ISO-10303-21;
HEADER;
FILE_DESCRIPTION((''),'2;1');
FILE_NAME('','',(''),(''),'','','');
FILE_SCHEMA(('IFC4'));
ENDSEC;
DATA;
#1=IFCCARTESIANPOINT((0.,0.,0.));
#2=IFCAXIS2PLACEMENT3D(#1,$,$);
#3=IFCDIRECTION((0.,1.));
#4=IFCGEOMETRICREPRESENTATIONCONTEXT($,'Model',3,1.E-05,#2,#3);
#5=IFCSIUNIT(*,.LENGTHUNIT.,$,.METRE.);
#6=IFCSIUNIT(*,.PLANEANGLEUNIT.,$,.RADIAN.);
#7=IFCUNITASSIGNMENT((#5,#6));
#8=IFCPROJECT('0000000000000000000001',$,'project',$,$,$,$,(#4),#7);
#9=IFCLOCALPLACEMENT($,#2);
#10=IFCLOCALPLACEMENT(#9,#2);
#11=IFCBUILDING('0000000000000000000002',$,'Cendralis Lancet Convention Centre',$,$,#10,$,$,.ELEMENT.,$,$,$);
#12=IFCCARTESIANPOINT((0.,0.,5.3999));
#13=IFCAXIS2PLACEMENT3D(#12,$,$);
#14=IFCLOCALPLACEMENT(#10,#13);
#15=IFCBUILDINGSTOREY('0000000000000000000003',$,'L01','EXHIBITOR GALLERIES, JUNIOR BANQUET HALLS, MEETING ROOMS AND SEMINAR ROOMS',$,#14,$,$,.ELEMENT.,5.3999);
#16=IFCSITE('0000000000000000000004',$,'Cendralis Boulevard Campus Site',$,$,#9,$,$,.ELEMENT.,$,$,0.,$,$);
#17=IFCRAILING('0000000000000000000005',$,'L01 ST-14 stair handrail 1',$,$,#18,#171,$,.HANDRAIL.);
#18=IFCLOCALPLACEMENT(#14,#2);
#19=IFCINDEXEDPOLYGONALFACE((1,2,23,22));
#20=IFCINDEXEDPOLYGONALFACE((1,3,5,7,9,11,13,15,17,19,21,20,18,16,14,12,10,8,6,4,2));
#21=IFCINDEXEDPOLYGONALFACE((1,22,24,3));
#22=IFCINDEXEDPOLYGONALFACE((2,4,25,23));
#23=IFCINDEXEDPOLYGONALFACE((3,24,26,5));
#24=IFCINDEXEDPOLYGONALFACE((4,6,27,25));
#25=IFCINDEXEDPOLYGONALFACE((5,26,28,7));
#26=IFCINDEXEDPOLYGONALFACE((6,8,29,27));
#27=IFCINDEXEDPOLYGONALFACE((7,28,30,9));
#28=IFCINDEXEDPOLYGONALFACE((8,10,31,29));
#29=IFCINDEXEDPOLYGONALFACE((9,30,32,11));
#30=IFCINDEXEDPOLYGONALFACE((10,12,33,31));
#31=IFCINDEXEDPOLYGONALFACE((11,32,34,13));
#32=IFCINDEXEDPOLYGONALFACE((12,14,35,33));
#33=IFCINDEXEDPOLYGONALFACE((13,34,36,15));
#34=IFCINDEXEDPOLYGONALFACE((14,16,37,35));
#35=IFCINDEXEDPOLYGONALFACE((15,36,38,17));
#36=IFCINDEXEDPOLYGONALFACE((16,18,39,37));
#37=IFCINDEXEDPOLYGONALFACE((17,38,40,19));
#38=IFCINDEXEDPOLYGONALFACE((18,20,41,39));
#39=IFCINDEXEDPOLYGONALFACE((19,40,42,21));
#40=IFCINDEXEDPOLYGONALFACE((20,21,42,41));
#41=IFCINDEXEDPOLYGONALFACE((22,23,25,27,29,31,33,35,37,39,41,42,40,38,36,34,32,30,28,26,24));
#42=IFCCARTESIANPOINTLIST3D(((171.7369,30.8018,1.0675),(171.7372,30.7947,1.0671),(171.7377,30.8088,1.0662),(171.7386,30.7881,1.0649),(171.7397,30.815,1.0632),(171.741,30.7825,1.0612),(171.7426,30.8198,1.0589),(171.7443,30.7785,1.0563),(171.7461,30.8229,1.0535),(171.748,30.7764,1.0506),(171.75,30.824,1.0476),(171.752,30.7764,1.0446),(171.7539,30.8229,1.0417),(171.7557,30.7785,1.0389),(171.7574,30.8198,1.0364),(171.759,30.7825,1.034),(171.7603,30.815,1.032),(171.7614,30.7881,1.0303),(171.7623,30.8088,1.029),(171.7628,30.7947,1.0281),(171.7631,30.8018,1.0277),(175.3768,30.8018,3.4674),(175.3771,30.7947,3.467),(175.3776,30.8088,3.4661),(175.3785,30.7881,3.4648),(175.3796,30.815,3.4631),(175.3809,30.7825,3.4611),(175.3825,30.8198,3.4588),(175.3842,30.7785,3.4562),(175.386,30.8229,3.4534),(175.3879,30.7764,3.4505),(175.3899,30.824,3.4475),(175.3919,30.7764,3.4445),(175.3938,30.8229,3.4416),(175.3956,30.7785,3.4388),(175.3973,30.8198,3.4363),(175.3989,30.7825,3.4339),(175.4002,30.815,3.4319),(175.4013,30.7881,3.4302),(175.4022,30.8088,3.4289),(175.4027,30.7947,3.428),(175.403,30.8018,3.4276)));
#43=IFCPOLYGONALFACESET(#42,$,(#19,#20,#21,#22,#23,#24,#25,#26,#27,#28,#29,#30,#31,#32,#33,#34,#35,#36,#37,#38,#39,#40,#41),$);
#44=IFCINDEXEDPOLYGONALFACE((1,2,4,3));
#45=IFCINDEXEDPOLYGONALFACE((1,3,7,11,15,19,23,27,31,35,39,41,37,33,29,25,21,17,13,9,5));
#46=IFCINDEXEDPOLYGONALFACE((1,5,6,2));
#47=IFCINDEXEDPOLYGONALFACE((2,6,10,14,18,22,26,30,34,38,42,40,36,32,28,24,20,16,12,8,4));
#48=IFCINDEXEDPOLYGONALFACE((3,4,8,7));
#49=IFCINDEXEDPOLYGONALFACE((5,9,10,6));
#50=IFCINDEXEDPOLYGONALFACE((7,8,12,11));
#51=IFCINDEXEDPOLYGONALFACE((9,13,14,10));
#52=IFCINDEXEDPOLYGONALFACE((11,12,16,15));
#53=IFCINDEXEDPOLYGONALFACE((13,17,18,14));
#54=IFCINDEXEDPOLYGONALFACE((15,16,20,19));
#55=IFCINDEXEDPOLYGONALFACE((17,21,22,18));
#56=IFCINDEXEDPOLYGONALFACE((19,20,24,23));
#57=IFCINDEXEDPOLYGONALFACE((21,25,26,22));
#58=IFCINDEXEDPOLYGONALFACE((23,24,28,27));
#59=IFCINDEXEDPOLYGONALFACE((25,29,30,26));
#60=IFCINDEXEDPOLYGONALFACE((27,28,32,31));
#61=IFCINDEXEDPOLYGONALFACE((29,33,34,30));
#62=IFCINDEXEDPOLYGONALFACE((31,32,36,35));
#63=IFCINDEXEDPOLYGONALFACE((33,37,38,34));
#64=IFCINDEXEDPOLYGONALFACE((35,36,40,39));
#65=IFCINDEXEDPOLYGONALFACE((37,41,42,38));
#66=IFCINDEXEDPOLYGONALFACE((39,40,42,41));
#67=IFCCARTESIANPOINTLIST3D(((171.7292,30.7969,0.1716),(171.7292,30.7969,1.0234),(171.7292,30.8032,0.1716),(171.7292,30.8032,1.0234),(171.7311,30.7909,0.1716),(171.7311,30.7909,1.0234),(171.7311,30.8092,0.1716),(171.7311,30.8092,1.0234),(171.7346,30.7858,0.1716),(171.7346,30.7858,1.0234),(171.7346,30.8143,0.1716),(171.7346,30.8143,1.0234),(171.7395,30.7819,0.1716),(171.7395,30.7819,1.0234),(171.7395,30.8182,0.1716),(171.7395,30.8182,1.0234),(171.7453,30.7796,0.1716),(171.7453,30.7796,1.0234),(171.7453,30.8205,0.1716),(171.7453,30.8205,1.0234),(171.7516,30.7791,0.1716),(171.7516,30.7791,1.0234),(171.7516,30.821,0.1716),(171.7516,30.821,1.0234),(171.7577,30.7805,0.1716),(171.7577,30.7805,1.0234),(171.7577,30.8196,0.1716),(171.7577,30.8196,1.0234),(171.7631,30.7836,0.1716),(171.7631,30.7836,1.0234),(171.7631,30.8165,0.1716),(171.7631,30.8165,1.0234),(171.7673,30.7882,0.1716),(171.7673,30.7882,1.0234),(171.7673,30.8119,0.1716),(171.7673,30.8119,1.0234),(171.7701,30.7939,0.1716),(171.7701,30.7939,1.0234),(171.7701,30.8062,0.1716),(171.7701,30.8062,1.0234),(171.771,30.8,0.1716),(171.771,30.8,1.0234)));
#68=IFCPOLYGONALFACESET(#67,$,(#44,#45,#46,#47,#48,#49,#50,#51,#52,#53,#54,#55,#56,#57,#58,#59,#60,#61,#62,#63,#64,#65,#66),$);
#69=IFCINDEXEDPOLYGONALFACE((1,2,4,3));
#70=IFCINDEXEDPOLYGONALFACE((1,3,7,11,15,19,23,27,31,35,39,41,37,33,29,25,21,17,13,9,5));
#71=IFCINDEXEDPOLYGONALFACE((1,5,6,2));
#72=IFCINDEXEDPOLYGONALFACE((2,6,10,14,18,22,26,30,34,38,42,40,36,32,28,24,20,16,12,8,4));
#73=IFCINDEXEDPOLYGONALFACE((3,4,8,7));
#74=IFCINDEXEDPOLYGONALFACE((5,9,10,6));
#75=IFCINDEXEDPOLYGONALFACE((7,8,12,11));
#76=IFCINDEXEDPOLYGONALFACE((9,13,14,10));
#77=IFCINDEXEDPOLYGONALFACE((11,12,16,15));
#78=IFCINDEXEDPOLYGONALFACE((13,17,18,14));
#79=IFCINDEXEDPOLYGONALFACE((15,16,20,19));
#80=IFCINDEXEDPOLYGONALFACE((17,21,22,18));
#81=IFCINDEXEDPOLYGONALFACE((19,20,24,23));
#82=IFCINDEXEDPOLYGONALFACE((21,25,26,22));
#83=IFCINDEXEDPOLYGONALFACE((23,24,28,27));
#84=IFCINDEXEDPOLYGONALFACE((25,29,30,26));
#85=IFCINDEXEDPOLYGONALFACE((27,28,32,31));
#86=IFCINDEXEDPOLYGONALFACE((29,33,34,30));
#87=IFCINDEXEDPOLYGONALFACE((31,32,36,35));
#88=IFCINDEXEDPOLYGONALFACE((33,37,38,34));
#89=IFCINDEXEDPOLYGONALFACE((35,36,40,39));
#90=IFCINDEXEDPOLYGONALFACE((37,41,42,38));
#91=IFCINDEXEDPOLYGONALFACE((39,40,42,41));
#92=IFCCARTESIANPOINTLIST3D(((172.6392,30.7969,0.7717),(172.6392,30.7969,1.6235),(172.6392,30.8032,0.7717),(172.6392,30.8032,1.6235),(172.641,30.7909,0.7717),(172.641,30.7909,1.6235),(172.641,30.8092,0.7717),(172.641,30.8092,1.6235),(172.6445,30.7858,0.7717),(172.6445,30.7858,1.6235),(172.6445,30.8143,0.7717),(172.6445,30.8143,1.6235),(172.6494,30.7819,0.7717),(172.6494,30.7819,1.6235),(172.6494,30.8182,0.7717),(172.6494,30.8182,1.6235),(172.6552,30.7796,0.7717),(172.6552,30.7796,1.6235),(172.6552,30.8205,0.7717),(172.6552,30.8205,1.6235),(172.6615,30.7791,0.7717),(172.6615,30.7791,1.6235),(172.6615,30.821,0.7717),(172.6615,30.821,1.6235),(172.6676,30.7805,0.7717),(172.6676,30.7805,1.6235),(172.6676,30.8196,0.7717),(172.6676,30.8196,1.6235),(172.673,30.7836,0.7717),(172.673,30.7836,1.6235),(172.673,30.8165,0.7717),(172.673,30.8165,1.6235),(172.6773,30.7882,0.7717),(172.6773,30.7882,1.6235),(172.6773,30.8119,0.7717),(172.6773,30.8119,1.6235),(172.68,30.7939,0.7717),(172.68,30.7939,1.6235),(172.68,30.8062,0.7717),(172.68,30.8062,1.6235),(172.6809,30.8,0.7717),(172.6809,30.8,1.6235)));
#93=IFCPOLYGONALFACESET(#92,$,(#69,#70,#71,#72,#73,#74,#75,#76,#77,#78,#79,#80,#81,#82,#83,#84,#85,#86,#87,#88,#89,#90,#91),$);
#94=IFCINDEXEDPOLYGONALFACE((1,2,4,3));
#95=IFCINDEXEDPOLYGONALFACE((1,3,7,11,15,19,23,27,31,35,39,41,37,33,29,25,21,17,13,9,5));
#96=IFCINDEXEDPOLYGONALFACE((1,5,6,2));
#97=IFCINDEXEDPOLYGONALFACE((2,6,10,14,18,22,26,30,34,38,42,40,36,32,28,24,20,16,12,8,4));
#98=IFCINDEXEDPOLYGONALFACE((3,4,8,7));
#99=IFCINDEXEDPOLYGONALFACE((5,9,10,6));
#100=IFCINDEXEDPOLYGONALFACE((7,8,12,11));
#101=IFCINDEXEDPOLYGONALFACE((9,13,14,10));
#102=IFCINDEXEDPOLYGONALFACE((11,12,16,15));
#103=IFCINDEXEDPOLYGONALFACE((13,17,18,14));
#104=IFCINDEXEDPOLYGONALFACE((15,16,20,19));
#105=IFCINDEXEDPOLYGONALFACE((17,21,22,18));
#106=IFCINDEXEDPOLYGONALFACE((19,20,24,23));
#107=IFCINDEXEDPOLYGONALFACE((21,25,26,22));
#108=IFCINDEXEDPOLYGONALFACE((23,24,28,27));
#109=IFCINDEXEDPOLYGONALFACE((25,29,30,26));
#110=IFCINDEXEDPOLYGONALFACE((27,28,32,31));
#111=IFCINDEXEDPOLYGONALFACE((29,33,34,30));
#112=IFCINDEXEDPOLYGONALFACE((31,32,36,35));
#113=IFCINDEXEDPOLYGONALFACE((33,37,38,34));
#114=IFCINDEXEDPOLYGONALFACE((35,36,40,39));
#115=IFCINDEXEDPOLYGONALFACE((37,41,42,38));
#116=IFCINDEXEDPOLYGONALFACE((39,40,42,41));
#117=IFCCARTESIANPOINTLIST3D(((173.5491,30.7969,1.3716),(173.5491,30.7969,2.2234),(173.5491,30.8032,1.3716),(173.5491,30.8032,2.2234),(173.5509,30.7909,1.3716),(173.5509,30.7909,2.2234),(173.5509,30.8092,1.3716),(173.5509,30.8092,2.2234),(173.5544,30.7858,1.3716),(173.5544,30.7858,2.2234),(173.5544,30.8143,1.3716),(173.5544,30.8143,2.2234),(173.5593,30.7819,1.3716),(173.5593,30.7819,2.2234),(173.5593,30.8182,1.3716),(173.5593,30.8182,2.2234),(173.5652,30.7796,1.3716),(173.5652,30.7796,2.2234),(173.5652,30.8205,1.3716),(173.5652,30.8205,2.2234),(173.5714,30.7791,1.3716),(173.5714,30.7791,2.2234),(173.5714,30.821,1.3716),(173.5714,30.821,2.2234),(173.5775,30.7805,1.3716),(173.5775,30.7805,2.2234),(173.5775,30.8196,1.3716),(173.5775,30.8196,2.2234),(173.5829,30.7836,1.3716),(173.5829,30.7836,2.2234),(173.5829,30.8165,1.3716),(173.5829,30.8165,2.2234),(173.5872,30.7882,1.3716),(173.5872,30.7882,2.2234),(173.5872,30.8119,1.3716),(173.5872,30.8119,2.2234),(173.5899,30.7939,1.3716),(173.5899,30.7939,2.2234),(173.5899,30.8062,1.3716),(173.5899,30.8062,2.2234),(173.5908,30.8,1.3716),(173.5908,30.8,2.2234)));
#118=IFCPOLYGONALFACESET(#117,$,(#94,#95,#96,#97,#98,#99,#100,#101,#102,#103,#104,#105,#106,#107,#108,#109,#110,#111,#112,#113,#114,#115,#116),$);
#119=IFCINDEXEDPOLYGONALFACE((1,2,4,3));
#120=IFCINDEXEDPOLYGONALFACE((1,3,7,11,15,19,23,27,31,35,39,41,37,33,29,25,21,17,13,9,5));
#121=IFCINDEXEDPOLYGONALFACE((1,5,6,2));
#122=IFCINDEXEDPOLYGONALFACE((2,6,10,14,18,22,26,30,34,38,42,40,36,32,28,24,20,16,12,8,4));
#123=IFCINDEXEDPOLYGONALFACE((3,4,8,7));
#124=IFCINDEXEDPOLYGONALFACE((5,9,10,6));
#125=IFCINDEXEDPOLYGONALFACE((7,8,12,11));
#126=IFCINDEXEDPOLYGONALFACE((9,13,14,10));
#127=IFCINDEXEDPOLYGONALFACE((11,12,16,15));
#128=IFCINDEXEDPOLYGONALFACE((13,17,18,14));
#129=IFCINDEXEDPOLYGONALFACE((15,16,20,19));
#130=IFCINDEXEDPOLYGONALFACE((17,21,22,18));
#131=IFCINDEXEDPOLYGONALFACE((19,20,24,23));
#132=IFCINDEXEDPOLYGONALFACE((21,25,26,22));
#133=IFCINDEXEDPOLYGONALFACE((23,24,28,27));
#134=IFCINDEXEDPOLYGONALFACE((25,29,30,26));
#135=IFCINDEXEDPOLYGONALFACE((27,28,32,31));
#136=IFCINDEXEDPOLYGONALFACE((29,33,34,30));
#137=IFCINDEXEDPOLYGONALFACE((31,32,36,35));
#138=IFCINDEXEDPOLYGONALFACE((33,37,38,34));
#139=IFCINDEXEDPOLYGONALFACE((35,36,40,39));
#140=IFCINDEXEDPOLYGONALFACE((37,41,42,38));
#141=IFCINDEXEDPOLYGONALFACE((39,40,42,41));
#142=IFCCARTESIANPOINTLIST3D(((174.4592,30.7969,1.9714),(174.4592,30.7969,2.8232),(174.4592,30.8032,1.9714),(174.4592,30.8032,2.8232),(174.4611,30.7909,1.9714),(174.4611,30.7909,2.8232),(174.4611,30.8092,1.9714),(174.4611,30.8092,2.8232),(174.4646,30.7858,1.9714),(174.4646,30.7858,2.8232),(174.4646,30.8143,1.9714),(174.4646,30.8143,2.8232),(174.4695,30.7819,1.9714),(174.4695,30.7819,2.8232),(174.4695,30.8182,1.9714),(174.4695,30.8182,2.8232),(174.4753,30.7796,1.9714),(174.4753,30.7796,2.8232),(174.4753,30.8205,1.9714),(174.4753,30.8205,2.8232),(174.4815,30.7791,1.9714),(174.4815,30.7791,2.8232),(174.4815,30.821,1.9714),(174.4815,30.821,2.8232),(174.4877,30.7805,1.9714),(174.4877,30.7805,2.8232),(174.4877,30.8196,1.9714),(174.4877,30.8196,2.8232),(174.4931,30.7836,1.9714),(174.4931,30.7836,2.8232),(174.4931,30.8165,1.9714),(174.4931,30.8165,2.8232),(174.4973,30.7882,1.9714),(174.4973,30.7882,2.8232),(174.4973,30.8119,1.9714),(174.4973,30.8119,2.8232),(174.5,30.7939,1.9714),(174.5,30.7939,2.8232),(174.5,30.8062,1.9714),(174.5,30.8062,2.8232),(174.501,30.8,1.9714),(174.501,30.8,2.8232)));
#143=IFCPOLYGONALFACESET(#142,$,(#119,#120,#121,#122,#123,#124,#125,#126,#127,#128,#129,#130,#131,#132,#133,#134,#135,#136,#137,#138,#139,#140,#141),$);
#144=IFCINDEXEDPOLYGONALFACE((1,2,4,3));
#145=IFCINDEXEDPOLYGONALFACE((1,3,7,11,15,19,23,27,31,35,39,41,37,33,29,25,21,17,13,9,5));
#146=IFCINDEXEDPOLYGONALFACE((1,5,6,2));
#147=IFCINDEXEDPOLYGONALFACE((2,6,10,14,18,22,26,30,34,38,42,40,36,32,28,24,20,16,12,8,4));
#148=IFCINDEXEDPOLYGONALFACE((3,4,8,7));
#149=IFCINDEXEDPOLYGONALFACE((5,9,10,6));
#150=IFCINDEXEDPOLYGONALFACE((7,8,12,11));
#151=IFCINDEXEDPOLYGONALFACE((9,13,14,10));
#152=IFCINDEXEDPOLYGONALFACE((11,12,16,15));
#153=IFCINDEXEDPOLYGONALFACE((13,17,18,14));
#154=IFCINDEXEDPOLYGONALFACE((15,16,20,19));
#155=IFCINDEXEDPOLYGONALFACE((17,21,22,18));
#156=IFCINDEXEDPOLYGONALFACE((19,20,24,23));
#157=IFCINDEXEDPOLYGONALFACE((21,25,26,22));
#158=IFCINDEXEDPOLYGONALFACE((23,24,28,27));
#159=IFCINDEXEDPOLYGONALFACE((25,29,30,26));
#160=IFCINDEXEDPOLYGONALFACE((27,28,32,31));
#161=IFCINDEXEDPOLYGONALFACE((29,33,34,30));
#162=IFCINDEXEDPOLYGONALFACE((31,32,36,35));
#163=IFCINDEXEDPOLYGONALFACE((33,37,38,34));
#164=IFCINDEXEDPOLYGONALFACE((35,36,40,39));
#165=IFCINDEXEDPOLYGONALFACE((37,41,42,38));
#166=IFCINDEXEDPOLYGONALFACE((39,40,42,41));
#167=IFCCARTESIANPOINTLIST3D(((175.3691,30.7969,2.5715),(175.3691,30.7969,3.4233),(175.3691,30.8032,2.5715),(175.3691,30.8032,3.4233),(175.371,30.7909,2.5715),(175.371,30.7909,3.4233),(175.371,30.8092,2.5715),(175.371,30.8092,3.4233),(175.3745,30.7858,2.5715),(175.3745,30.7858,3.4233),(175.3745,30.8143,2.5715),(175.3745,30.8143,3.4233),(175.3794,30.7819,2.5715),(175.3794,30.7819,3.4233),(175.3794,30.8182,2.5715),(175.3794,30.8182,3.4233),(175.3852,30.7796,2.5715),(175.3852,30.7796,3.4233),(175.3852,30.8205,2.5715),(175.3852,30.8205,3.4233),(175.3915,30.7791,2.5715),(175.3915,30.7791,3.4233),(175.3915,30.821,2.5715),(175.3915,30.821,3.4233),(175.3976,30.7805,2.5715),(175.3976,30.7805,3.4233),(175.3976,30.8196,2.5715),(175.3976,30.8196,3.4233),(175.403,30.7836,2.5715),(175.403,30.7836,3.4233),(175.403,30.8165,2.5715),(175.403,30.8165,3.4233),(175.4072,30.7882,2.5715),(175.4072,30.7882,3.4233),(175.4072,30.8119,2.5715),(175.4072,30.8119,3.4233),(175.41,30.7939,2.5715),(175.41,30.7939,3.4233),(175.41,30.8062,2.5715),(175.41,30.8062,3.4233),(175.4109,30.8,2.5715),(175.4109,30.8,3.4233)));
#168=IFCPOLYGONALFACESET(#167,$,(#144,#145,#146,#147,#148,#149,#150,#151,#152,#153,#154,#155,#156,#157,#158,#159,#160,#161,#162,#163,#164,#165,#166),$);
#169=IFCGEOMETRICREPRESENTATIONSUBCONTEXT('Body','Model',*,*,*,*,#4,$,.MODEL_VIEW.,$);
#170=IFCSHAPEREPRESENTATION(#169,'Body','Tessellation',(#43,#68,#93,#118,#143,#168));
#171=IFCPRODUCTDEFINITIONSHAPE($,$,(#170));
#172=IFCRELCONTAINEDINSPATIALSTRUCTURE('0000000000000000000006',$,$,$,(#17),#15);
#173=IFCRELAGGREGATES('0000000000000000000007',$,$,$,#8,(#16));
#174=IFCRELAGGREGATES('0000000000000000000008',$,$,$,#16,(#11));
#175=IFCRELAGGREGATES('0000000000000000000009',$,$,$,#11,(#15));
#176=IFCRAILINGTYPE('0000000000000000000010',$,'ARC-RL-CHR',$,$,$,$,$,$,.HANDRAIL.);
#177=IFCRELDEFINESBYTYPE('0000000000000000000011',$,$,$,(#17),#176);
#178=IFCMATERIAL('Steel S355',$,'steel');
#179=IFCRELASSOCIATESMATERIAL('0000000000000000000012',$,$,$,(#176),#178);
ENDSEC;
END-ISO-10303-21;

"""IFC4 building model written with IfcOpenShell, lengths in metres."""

from ifc_helpers import new_model, si_unit, direction, frame, origin, origin_2d, place, context, subcontext, project, spatial, circle, extrude, material, type_object, element, save


model = new_model("IFC4")

# Units and contexts
model_context = context("Model", 3, precision=1e-05, world=origin(), true_north=direction((0.0, 1.0)))
body_context = subcontext(model_context, "Body", "Model", "MODEL_VIEW")
ifc_project = project(units=[si_unit("LENGTHUNIT", "METRE"), si_unit("PLANEANGLEUNIT", "RADIAN")], contexts=[model_context])

# Site, building, storey
site_placement = place(None, origin())
site = spatial("IfcSite", under=ifc_project, at=site_placement, Name="Cendralis Boulevard Campus Site", CompositionType="ELEMENT", RefElevation=0.0)
building_placement = place(site_placement, origin())
building = spatial("IfcBuilding", under=site, at=building_placement, Name="Cendralis Lancet Convention Centre", CompositionType="ELEMENT")
storey_placement = place(building_placement, frame((0.0, 0.0, 5.3999)))
storey = spatial("IfcBuildingStorey", under=building, at=storey_placement, Name="L01", Description="EXHIBITOR GALLERIES, JUNIOR BANQUET HALLS, MEETING ROOMS AND SEMINAR ROOMS", CompositionType="ELEMENT", Elevation=5.3999)

# Shared definitions
ifc_material_1 = material(Name="Steel S355", Category="steel")

# Railing
railing_type_1 = type_object("IfcRailingType", Name="ARC-RL-CHR", PredefinedType="HANDRAIL", material=ifc_material_1)
railing_1_placement = place(storey_placement, frame((171.75, 30.8, 0.1716)))
element("IfcRailing", 1, at=railing_1_placement, inside=storey, type_object=railing_type_1, Name="L01 ST-14 stair handrail 1", PredefinedType="HANDRAIL", context=body_context, shape_type="SweptSolid", body=[
    extrude(circle(Radius=0.0239, at=origin_2d()), frame((0.0, 0.0, 0.876), z_axis=(0.834865, 0.0, 0.550454), x_axis=(0.0, 1.0, 0.0)), (0.0, 0.0, 1.0), 4.3599),
    extrude(circle(Radius=0.021, at=origin_2d()), origin(), (0.0, 0.0, 1.0), 0.8518),
    extrude(circle(Radius=0.021, at=origin_2d()), frame((0.9099, 0.0, 0.6001)), (0.0, 0.0, 1.0), 0.8518),
    extrude(circle(Radius=0.021, at=origin_2d()), frame((1.8198, 0.0, 1.2)), (0.0, 0.0, 1.0), 0.8518),
    extrude(circle(Radius=0.021, at=origin_2d()), frame((2.73, 0.0, 1.7998)), (0.0, 0.0, 1.0), 0.8518),
    extrude(circle(Radius=0.021, at=origin_2d()), frame((3.6399, 0.0, 2.3999)), (0.0, 0.0, 1.0), 0.8518),
])

save(model, "model.ifc")
